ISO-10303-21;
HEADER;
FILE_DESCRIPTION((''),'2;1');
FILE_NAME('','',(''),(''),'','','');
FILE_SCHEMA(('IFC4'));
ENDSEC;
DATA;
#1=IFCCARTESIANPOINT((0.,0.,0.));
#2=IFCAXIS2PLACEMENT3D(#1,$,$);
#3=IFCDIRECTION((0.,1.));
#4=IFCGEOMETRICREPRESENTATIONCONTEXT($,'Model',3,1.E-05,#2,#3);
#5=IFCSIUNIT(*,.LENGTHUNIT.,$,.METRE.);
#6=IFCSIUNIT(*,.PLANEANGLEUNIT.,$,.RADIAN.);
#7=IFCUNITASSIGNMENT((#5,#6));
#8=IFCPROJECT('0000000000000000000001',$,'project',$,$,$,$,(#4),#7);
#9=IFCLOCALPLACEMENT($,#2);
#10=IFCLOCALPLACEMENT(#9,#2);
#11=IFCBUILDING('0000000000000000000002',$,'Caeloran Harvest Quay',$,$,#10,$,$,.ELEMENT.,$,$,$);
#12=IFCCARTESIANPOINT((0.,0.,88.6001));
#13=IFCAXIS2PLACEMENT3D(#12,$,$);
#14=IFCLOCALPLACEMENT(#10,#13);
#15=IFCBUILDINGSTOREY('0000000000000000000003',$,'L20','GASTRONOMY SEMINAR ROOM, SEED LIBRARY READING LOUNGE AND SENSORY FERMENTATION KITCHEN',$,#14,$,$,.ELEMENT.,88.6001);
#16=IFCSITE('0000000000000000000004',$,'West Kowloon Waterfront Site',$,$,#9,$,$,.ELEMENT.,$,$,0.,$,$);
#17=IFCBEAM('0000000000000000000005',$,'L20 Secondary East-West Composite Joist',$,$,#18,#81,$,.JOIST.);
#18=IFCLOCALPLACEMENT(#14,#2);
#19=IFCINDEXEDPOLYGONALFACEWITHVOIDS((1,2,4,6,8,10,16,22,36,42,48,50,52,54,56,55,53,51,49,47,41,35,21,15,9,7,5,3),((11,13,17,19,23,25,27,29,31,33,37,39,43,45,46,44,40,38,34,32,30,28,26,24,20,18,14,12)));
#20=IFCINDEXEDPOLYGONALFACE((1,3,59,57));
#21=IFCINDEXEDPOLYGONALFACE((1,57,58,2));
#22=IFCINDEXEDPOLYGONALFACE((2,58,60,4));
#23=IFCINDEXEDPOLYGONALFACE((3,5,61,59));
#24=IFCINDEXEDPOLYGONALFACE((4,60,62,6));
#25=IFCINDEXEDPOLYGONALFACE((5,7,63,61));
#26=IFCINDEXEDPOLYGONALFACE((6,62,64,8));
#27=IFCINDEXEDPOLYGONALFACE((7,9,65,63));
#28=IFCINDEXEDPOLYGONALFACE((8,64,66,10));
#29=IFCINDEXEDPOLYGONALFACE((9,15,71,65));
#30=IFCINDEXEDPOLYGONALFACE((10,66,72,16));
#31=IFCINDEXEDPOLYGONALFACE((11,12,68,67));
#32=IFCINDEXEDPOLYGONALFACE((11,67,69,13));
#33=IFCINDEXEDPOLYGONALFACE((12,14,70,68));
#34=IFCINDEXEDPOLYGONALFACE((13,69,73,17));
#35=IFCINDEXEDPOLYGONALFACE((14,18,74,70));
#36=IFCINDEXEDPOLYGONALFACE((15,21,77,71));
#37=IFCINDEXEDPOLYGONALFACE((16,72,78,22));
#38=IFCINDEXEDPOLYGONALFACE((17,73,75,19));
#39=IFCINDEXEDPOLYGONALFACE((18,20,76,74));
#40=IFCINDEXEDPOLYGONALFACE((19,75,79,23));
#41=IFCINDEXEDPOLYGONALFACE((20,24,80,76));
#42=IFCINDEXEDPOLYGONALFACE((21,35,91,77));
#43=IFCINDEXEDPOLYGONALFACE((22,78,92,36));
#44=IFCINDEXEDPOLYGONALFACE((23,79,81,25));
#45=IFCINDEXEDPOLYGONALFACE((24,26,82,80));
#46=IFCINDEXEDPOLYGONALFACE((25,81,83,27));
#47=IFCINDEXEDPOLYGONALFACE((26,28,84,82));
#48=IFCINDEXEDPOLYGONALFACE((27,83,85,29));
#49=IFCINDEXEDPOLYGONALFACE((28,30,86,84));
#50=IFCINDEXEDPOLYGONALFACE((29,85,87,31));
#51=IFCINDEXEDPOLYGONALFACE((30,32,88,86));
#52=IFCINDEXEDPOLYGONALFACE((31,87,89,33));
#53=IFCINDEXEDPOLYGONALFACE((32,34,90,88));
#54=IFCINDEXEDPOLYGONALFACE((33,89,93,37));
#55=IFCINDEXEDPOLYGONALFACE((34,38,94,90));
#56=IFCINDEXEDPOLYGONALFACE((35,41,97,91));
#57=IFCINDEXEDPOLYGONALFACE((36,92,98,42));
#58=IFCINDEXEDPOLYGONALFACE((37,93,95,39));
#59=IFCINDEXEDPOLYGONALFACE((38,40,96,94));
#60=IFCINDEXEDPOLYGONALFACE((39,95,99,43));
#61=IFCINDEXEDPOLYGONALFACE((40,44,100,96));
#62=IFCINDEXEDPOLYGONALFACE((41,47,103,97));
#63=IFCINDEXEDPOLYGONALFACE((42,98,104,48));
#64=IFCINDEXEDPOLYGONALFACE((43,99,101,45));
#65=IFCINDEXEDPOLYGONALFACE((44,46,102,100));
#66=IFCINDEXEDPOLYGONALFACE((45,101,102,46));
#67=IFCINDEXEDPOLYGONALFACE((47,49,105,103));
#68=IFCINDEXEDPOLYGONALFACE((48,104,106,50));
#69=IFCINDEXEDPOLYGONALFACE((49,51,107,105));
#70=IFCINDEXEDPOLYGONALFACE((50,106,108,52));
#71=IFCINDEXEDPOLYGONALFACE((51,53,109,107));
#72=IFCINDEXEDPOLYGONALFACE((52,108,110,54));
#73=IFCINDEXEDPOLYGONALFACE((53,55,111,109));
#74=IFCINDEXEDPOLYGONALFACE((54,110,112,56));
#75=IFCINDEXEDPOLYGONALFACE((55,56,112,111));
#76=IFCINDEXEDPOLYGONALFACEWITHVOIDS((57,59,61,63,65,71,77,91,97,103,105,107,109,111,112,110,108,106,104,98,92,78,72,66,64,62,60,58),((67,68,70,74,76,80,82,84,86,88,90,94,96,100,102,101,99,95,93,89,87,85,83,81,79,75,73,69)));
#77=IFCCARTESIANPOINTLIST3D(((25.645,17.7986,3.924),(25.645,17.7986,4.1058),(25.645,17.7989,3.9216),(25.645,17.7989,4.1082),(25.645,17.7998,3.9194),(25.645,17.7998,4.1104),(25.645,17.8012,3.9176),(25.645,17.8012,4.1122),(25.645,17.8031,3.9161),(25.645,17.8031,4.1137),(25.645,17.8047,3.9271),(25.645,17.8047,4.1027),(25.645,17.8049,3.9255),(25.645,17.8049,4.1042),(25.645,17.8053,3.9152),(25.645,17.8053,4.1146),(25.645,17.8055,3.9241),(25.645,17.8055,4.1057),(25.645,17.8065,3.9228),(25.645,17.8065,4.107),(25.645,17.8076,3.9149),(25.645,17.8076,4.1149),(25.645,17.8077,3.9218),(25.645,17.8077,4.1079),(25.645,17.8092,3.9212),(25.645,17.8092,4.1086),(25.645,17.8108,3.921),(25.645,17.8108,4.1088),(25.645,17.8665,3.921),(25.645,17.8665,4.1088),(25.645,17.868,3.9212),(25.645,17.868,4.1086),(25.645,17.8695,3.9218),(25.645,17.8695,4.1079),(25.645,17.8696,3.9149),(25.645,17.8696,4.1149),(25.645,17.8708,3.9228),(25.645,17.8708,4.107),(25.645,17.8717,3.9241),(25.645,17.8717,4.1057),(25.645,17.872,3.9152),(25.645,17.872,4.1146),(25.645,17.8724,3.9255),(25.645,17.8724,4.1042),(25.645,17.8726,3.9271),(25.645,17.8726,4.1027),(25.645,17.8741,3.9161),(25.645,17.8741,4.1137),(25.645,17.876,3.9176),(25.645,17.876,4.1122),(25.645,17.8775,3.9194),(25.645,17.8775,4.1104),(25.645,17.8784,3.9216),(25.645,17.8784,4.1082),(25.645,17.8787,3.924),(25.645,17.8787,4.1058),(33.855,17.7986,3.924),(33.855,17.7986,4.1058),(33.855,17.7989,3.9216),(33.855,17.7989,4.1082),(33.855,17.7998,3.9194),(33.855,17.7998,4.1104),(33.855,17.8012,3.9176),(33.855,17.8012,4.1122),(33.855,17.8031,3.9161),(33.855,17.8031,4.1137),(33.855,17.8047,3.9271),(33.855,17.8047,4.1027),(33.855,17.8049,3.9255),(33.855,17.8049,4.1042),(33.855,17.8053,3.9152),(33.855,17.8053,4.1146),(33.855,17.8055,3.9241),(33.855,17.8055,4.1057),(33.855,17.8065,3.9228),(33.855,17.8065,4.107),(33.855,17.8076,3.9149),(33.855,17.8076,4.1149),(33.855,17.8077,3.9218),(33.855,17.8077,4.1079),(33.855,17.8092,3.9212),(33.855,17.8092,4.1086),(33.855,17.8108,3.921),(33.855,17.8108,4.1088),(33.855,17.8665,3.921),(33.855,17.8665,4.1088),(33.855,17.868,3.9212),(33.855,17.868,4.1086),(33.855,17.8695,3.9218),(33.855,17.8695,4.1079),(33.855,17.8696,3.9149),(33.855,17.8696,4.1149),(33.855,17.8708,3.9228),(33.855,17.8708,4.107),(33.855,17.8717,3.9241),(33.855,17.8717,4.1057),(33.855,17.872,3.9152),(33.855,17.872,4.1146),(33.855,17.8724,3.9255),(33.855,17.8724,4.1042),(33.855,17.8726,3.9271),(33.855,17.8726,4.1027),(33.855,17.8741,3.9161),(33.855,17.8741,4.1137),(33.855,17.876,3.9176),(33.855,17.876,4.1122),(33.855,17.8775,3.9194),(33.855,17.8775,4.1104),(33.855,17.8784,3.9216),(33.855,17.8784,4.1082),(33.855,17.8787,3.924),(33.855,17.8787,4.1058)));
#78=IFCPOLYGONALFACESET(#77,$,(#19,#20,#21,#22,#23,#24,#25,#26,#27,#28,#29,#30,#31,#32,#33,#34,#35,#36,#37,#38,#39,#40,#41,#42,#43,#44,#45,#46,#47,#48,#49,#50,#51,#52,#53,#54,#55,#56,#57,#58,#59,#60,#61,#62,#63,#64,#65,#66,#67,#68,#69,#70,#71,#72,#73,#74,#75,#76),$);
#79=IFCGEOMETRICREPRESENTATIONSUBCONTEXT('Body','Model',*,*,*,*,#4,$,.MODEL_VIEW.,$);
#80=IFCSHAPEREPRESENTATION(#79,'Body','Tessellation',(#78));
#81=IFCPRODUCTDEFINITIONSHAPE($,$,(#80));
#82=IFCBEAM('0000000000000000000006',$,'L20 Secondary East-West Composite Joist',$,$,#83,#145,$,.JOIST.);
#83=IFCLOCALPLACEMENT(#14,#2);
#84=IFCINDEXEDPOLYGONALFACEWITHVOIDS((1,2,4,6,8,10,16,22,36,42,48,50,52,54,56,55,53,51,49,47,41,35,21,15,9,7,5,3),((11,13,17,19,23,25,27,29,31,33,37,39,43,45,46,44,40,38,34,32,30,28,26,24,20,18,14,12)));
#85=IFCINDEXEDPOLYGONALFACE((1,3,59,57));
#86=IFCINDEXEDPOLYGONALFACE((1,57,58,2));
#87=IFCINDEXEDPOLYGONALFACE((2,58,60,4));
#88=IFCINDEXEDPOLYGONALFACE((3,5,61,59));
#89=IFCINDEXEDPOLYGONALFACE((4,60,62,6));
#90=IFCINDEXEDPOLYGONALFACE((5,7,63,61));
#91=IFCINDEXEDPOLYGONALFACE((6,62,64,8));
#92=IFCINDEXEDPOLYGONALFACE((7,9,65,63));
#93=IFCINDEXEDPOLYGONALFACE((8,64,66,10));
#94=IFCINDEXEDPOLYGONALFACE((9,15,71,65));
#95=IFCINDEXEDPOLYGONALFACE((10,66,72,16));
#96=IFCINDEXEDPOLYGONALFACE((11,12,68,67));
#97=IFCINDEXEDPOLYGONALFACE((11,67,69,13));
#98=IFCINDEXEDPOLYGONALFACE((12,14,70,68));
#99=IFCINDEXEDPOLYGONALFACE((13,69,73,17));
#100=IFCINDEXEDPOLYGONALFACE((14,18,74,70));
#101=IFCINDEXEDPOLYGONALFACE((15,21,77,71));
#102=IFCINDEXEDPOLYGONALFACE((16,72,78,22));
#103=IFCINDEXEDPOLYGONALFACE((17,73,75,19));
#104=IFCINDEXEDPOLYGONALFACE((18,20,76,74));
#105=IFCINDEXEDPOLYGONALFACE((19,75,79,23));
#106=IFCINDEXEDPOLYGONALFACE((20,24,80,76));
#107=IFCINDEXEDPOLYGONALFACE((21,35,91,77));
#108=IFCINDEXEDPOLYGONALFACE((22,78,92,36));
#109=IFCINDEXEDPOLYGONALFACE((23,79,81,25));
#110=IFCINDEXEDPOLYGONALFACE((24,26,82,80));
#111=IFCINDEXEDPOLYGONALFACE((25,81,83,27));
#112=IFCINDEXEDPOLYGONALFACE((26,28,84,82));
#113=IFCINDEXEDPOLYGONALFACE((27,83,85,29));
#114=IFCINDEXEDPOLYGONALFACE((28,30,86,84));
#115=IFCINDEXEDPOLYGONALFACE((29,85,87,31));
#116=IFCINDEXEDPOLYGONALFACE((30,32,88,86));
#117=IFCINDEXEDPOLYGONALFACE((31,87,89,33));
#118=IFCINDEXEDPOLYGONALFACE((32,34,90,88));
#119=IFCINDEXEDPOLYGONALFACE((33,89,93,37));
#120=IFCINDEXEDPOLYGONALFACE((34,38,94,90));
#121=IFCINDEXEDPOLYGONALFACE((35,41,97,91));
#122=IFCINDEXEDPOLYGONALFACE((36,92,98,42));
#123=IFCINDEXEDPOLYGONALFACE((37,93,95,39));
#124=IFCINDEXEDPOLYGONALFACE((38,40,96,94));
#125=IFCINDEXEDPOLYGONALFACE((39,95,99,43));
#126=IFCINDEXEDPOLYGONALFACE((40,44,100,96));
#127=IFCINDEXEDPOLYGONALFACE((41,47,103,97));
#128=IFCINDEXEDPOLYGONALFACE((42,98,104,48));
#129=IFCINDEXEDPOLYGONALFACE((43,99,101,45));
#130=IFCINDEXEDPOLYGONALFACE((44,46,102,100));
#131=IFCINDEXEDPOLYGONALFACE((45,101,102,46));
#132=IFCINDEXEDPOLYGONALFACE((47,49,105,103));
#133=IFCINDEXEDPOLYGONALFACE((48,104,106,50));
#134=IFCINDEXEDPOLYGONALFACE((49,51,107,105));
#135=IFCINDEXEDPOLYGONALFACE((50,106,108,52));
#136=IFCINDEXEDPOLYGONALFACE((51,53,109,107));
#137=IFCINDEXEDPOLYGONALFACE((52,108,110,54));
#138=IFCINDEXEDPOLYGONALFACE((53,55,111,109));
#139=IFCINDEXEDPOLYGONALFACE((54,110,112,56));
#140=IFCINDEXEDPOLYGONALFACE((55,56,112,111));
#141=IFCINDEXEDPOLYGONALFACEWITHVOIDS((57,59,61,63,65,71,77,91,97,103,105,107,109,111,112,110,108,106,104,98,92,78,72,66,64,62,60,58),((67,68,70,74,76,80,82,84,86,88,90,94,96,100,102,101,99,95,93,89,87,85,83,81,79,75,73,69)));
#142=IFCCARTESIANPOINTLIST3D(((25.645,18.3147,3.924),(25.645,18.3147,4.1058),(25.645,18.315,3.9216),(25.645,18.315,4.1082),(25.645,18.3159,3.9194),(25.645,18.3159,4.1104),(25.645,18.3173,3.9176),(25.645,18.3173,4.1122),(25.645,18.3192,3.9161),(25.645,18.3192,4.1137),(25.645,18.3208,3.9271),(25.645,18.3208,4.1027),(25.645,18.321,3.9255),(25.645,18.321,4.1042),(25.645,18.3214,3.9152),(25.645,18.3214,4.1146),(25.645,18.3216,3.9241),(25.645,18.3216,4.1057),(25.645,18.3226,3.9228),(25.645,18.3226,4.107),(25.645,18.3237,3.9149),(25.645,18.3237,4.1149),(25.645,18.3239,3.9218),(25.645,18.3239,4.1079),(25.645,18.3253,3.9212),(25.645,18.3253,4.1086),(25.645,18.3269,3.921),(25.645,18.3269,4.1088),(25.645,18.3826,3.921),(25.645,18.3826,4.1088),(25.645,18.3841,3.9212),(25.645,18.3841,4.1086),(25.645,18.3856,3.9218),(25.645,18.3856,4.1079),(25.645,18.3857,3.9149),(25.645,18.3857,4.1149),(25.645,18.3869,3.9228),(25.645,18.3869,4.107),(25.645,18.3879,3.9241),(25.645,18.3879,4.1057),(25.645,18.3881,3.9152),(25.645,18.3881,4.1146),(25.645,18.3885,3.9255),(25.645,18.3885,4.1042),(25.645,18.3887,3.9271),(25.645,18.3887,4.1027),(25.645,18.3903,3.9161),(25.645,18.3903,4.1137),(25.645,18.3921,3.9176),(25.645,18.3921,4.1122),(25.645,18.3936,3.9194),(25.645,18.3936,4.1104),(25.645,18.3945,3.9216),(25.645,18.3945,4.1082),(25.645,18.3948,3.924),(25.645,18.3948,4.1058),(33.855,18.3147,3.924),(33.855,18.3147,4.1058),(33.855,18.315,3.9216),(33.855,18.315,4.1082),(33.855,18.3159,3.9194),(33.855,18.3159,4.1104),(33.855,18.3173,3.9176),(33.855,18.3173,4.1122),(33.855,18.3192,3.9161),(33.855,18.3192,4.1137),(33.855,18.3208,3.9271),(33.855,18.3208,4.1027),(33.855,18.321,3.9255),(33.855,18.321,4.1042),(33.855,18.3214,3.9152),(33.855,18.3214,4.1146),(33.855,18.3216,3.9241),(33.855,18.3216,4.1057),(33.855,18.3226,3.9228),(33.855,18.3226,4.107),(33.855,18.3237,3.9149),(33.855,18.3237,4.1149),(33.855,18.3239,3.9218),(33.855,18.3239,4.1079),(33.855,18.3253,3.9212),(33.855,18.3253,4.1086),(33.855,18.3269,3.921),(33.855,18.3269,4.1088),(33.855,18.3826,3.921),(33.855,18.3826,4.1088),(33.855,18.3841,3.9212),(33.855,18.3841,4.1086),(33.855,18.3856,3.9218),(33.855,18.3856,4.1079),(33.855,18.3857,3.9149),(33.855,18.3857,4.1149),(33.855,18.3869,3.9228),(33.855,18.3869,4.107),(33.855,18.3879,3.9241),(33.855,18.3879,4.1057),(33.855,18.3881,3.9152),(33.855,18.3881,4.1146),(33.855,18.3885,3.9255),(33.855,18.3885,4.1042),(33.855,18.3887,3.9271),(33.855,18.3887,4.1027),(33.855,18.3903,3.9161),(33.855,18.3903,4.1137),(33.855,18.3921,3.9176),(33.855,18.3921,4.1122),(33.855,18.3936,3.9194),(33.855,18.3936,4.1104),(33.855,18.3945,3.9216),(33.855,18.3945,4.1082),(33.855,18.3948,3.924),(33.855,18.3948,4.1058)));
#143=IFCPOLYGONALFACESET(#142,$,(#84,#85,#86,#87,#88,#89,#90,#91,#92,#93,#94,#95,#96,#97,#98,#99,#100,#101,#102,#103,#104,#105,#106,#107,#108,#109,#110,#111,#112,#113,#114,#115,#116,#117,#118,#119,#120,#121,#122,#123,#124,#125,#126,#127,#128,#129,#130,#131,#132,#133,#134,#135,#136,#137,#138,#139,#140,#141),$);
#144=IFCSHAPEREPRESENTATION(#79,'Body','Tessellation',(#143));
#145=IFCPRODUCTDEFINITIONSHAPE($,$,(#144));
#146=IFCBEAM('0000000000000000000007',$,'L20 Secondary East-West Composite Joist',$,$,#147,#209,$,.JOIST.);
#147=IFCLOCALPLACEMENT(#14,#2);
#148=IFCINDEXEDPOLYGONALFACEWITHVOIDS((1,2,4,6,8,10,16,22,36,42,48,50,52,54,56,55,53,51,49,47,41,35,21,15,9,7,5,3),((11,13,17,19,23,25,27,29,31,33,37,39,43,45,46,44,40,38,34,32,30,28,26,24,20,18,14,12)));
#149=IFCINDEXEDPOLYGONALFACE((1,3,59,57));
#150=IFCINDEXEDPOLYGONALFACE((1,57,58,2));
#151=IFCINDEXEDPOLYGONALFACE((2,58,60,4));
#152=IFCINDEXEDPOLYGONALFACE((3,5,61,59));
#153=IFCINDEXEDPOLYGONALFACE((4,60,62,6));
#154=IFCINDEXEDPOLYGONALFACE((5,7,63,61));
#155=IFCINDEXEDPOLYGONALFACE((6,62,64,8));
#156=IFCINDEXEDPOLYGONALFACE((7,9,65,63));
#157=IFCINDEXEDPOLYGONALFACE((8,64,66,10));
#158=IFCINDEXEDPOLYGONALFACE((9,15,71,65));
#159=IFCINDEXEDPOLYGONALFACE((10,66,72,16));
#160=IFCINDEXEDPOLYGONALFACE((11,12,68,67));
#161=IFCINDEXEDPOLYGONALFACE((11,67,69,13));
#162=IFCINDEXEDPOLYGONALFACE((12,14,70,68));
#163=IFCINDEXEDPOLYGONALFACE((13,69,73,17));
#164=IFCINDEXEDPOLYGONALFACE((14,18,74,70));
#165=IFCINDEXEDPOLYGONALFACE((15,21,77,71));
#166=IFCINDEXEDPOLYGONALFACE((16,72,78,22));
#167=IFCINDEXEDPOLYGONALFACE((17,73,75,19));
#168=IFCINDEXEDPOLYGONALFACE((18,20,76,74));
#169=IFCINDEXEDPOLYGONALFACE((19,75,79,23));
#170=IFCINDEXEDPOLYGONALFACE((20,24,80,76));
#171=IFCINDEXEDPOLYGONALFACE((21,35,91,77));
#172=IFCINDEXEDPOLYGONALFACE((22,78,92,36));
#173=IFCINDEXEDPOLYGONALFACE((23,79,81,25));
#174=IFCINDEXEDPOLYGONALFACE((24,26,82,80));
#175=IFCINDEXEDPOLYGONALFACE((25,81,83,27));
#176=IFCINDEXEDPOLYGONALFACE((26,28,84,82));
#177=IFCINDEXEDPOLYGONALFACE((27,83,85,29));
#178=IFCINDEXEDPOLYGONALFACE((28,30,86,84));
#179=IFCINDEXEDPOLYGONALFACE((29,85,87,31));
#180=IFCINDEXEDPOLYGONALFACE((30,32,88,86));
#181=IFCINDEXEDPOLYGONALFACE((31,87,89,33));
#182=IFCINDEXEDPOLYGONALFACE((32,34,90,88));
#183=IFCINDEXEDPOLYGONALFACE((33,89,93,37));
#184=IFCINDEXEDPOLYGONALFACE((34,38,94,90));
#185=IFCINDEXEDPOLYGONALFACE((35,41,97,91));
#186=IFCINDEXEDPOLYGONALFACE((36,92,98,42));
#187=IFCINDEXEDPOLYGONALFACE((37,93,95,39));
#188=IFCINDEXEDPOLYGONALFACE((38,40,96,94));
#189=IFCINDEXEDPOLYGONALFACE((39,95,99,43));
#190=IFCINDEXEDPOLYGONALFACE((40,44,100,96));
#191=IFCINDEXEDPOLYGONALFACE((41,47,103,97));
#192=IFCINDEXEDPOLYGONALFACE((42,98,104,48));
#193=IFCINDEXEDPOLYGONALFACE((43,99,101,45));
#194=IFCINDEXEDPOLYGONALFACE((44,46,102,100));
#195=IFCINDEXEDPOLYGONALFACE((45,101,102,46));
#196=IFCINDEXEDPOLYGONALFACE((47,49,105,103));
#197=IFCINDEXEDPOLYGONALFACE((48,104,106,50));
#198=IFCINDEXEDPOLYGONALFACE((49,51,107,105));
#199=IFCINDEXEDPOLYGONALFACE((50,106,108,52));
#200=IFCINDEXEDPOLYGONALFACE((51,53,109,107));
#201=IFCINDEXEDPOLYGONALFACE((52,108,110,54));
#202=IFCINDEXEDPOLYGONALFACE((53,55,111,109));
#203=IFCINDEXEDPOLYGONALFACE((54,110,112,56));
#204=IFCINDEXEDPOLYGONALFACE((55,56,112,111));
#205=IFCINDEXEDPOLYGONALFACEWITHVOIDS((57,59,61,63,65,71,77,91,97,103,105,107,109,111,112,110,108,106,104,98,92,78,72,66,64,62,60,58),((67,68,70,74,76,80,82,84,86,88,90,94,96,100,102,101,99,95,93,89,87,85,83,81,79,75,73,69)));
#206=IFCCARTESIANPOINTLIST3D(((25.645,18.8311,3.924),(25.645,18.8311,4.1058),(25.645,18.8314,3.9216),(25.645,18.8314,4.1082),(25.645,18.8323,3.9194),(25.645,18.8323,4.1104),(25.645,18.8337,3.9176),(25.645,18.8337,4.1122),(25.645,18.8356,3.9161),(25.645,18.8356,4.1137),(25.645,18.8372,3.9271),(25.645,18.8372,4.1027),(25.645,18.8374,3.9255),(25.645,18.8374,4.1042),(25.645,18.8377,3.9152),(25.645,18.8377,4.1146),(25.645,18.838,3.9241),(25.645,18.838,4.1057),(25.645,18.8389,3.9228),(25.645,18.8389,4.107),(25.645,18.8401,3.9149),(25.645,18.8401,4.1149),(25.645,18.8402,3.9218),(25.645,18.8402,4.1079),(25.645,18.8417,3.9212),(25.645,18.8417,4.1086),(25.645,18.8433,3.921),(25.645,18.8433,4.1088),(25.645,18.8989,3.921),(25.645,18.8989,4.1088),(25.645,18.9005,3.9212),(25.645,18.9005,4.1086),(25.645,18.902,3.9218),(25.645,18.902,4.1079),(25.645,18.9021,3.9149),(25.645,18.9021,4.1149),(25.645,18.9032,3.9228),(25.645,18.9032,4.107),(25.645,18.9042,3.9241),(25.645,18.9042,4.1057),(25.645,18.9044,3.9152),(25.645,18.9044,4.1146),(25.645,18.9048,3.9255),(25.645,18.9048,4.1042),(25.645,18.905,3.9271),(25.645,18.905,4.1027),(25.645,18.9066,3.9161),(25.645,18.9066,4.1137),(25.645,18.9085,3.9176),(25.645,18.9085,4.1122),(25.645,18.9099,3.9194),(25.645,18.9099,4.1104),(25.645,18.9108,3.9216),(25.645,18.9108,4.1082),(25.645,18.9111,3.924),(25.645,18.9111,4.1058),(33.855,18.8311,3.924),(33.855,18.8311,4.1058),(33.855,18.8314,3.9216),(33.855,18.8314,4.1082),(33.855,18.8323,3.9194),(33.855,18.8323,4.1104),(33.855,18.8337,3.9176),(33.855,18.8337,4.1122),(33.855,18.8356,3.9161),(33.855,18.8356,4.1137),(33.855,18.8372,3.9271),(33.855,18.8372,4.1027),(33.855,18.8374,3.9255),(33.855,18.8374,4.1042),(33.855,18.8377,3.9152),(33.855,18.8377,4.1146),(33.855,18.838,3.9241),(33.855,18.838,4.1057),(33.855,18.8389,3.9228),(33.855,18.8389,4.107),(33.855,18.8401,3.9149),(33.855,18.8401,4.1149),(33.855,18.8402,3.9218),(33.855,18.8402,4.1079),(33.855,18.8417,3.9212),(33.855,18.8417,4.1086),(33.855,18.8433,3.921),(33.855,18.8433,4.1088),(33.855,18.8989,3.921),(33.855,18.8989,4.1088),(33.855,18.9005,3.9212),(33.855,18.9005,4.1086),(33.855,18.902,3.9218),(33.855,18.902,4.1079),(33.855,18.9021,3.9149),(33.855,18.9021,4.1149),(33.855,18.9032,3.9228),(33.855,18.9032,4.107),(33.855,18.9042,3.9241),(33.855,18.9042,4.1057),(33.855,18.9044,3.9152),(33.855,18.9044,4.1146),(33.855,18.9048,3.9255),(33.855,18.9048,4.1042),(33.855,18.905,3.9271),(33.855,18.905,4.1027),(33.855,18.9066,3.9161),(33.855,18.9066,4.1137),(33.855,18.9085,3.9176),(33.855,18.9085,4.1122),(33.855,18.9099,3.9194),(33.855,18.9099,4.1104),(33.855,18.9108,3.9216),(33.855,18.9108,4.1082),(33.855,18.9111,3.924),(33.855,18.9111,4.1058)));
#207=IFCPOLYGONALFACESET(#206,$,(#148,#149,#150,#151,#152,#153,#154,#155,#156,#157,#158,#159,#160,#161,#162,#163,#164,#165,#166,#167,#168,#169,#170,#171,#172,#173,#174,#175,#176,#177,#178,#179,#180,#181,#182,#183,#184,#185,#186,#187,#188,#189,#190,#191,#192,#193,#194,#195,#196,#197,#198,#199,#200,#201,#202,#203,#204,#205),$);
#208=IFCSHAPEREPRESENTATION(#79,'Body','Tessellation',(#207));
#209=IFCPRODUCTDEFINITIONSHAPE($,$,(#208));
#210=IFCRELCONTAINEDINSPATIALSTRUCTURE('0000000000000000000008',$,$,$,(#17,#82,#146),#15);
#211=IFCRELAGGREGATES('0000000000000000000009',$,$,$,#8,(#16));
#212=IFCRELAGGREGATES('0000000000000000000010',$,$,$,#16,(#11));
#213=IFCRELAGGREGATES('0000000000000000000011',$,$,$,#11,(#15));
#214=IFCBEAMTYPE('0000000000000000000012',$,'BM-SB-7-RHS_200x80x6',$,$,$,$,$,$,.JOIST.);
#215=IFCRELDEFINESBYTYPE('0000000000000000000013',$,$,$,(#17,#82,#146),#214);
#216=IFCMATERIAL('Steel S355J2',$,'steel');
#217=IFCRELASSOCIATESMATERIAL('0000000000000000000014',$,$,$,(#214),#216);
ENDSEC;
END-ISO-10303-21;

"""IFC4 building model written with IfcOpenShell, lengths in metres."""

from ifc_helpers import new_model, si_unit, direction, frame, origin, origin_2d, place, context, subcontext, project, spatial, hollow_rectangle, extrude, material, material_profile, profile_set, type_object, element, save


model = new_model("IFC4")

# Units and contexts
model_context = context("Model", 3, precision=1e-05, world=origin(), true_north=direction((0.0, 1.0)))
body_context = subcontext(model_context, "Body", "Model", "MODEL_VIEW")
ifc_project = project(units=[si_unit("LENGTHUNIT", "METRE"), si_unit("PLANEANGLEUNIT", "RADIAN")], contexts=[model_context])

# Site, building, storey
site_placement = place(None, origin())
site = spatial("IfcSite", under=ifc_project, at=site_placement, Name="West Kowloon Waterfront Site", CompositionType="ELEMENT", RefElevation=0.0)
building_placement = place(site_placement, origin())
building = spatial("IfcBuilding", under=site, at=building_placement, Name="Caeloran Harvest Quay", CompositionType="ELEMENT")
storey_placement = place(building_placement, frame((0.0, 0.0, 88.6001)))
storey = spatial("IfcBuildingStorey", under=building, at=storey_placement, Name="L20", Description="GASTRONOMY SEMINAR ROOM, SEED LIBRARY READING LOUNGE AND SENSORY FERMENTATION KITCHEN", CompositionType="ELEMENT", Elevation=88.6001)

# Beams
ifc_material_1 = material(Name="Steel S355J2", Category="steel")
ifc_material_profile_1 = material_profile(ifc_material_1, hollow_rectangle(XDim=0.0801, YDim=0.2, WallThickness=0.0061, InnerFilletRadius=0.0061, OuterFilletRadius=0.009, at=origin_2d()), Name="RHS 200x80x6")
ifc_profile_set_1 = profile_set([ifc_material_profile_1], Name="Steel S355J2")
beam_type_1 = type_object("IfcBeamType", Name="BM-SB-7-RHS_200x80x6", PredefinedType="JOIST", material=ifc_profile_set_1)
for number, where, z_axis, x_axis, name in (
    (1, (25.645, 17.8386, 4.0149), (1.0, 0.0, 0.0), (0.0, 1.0, 0.0), "L20 Secondary East-West Composite Joist"),
    (2, (25.645, 18.3547, 4.0149), (1.0, 0.0, 0.0), (0.0, 1.0, 0.0), "L20 Secondary East-West Composite Joist"),
    (3, (25.645, 18.8711, 4.0149), (1.0, 0.0, 0.0), (0.0, 1.0, 0.0), "L20 Secondary East-West Composite Joist"),
):
    element("IfcBeam", number, at=place(storey_placement, frame(where, z_axis=z_axis, x_axis=x_axis)), inside=storey, type_object=beam_type_1, Name=name, PredefinedType="JOIST", context=body_context, shape_type="SweptSolid", body=[
        extrude(hollow_rectangle(XDim=0.0801, YDim=0.2, WallThickness=0.0061, InnerFilletRadius=0.0061, OuterFilletRadius=0.009, at=origin_2d()), origin(), (0.0, 0.0, 1.0), 8.21),
    ])

save(model, "model.ifc")
